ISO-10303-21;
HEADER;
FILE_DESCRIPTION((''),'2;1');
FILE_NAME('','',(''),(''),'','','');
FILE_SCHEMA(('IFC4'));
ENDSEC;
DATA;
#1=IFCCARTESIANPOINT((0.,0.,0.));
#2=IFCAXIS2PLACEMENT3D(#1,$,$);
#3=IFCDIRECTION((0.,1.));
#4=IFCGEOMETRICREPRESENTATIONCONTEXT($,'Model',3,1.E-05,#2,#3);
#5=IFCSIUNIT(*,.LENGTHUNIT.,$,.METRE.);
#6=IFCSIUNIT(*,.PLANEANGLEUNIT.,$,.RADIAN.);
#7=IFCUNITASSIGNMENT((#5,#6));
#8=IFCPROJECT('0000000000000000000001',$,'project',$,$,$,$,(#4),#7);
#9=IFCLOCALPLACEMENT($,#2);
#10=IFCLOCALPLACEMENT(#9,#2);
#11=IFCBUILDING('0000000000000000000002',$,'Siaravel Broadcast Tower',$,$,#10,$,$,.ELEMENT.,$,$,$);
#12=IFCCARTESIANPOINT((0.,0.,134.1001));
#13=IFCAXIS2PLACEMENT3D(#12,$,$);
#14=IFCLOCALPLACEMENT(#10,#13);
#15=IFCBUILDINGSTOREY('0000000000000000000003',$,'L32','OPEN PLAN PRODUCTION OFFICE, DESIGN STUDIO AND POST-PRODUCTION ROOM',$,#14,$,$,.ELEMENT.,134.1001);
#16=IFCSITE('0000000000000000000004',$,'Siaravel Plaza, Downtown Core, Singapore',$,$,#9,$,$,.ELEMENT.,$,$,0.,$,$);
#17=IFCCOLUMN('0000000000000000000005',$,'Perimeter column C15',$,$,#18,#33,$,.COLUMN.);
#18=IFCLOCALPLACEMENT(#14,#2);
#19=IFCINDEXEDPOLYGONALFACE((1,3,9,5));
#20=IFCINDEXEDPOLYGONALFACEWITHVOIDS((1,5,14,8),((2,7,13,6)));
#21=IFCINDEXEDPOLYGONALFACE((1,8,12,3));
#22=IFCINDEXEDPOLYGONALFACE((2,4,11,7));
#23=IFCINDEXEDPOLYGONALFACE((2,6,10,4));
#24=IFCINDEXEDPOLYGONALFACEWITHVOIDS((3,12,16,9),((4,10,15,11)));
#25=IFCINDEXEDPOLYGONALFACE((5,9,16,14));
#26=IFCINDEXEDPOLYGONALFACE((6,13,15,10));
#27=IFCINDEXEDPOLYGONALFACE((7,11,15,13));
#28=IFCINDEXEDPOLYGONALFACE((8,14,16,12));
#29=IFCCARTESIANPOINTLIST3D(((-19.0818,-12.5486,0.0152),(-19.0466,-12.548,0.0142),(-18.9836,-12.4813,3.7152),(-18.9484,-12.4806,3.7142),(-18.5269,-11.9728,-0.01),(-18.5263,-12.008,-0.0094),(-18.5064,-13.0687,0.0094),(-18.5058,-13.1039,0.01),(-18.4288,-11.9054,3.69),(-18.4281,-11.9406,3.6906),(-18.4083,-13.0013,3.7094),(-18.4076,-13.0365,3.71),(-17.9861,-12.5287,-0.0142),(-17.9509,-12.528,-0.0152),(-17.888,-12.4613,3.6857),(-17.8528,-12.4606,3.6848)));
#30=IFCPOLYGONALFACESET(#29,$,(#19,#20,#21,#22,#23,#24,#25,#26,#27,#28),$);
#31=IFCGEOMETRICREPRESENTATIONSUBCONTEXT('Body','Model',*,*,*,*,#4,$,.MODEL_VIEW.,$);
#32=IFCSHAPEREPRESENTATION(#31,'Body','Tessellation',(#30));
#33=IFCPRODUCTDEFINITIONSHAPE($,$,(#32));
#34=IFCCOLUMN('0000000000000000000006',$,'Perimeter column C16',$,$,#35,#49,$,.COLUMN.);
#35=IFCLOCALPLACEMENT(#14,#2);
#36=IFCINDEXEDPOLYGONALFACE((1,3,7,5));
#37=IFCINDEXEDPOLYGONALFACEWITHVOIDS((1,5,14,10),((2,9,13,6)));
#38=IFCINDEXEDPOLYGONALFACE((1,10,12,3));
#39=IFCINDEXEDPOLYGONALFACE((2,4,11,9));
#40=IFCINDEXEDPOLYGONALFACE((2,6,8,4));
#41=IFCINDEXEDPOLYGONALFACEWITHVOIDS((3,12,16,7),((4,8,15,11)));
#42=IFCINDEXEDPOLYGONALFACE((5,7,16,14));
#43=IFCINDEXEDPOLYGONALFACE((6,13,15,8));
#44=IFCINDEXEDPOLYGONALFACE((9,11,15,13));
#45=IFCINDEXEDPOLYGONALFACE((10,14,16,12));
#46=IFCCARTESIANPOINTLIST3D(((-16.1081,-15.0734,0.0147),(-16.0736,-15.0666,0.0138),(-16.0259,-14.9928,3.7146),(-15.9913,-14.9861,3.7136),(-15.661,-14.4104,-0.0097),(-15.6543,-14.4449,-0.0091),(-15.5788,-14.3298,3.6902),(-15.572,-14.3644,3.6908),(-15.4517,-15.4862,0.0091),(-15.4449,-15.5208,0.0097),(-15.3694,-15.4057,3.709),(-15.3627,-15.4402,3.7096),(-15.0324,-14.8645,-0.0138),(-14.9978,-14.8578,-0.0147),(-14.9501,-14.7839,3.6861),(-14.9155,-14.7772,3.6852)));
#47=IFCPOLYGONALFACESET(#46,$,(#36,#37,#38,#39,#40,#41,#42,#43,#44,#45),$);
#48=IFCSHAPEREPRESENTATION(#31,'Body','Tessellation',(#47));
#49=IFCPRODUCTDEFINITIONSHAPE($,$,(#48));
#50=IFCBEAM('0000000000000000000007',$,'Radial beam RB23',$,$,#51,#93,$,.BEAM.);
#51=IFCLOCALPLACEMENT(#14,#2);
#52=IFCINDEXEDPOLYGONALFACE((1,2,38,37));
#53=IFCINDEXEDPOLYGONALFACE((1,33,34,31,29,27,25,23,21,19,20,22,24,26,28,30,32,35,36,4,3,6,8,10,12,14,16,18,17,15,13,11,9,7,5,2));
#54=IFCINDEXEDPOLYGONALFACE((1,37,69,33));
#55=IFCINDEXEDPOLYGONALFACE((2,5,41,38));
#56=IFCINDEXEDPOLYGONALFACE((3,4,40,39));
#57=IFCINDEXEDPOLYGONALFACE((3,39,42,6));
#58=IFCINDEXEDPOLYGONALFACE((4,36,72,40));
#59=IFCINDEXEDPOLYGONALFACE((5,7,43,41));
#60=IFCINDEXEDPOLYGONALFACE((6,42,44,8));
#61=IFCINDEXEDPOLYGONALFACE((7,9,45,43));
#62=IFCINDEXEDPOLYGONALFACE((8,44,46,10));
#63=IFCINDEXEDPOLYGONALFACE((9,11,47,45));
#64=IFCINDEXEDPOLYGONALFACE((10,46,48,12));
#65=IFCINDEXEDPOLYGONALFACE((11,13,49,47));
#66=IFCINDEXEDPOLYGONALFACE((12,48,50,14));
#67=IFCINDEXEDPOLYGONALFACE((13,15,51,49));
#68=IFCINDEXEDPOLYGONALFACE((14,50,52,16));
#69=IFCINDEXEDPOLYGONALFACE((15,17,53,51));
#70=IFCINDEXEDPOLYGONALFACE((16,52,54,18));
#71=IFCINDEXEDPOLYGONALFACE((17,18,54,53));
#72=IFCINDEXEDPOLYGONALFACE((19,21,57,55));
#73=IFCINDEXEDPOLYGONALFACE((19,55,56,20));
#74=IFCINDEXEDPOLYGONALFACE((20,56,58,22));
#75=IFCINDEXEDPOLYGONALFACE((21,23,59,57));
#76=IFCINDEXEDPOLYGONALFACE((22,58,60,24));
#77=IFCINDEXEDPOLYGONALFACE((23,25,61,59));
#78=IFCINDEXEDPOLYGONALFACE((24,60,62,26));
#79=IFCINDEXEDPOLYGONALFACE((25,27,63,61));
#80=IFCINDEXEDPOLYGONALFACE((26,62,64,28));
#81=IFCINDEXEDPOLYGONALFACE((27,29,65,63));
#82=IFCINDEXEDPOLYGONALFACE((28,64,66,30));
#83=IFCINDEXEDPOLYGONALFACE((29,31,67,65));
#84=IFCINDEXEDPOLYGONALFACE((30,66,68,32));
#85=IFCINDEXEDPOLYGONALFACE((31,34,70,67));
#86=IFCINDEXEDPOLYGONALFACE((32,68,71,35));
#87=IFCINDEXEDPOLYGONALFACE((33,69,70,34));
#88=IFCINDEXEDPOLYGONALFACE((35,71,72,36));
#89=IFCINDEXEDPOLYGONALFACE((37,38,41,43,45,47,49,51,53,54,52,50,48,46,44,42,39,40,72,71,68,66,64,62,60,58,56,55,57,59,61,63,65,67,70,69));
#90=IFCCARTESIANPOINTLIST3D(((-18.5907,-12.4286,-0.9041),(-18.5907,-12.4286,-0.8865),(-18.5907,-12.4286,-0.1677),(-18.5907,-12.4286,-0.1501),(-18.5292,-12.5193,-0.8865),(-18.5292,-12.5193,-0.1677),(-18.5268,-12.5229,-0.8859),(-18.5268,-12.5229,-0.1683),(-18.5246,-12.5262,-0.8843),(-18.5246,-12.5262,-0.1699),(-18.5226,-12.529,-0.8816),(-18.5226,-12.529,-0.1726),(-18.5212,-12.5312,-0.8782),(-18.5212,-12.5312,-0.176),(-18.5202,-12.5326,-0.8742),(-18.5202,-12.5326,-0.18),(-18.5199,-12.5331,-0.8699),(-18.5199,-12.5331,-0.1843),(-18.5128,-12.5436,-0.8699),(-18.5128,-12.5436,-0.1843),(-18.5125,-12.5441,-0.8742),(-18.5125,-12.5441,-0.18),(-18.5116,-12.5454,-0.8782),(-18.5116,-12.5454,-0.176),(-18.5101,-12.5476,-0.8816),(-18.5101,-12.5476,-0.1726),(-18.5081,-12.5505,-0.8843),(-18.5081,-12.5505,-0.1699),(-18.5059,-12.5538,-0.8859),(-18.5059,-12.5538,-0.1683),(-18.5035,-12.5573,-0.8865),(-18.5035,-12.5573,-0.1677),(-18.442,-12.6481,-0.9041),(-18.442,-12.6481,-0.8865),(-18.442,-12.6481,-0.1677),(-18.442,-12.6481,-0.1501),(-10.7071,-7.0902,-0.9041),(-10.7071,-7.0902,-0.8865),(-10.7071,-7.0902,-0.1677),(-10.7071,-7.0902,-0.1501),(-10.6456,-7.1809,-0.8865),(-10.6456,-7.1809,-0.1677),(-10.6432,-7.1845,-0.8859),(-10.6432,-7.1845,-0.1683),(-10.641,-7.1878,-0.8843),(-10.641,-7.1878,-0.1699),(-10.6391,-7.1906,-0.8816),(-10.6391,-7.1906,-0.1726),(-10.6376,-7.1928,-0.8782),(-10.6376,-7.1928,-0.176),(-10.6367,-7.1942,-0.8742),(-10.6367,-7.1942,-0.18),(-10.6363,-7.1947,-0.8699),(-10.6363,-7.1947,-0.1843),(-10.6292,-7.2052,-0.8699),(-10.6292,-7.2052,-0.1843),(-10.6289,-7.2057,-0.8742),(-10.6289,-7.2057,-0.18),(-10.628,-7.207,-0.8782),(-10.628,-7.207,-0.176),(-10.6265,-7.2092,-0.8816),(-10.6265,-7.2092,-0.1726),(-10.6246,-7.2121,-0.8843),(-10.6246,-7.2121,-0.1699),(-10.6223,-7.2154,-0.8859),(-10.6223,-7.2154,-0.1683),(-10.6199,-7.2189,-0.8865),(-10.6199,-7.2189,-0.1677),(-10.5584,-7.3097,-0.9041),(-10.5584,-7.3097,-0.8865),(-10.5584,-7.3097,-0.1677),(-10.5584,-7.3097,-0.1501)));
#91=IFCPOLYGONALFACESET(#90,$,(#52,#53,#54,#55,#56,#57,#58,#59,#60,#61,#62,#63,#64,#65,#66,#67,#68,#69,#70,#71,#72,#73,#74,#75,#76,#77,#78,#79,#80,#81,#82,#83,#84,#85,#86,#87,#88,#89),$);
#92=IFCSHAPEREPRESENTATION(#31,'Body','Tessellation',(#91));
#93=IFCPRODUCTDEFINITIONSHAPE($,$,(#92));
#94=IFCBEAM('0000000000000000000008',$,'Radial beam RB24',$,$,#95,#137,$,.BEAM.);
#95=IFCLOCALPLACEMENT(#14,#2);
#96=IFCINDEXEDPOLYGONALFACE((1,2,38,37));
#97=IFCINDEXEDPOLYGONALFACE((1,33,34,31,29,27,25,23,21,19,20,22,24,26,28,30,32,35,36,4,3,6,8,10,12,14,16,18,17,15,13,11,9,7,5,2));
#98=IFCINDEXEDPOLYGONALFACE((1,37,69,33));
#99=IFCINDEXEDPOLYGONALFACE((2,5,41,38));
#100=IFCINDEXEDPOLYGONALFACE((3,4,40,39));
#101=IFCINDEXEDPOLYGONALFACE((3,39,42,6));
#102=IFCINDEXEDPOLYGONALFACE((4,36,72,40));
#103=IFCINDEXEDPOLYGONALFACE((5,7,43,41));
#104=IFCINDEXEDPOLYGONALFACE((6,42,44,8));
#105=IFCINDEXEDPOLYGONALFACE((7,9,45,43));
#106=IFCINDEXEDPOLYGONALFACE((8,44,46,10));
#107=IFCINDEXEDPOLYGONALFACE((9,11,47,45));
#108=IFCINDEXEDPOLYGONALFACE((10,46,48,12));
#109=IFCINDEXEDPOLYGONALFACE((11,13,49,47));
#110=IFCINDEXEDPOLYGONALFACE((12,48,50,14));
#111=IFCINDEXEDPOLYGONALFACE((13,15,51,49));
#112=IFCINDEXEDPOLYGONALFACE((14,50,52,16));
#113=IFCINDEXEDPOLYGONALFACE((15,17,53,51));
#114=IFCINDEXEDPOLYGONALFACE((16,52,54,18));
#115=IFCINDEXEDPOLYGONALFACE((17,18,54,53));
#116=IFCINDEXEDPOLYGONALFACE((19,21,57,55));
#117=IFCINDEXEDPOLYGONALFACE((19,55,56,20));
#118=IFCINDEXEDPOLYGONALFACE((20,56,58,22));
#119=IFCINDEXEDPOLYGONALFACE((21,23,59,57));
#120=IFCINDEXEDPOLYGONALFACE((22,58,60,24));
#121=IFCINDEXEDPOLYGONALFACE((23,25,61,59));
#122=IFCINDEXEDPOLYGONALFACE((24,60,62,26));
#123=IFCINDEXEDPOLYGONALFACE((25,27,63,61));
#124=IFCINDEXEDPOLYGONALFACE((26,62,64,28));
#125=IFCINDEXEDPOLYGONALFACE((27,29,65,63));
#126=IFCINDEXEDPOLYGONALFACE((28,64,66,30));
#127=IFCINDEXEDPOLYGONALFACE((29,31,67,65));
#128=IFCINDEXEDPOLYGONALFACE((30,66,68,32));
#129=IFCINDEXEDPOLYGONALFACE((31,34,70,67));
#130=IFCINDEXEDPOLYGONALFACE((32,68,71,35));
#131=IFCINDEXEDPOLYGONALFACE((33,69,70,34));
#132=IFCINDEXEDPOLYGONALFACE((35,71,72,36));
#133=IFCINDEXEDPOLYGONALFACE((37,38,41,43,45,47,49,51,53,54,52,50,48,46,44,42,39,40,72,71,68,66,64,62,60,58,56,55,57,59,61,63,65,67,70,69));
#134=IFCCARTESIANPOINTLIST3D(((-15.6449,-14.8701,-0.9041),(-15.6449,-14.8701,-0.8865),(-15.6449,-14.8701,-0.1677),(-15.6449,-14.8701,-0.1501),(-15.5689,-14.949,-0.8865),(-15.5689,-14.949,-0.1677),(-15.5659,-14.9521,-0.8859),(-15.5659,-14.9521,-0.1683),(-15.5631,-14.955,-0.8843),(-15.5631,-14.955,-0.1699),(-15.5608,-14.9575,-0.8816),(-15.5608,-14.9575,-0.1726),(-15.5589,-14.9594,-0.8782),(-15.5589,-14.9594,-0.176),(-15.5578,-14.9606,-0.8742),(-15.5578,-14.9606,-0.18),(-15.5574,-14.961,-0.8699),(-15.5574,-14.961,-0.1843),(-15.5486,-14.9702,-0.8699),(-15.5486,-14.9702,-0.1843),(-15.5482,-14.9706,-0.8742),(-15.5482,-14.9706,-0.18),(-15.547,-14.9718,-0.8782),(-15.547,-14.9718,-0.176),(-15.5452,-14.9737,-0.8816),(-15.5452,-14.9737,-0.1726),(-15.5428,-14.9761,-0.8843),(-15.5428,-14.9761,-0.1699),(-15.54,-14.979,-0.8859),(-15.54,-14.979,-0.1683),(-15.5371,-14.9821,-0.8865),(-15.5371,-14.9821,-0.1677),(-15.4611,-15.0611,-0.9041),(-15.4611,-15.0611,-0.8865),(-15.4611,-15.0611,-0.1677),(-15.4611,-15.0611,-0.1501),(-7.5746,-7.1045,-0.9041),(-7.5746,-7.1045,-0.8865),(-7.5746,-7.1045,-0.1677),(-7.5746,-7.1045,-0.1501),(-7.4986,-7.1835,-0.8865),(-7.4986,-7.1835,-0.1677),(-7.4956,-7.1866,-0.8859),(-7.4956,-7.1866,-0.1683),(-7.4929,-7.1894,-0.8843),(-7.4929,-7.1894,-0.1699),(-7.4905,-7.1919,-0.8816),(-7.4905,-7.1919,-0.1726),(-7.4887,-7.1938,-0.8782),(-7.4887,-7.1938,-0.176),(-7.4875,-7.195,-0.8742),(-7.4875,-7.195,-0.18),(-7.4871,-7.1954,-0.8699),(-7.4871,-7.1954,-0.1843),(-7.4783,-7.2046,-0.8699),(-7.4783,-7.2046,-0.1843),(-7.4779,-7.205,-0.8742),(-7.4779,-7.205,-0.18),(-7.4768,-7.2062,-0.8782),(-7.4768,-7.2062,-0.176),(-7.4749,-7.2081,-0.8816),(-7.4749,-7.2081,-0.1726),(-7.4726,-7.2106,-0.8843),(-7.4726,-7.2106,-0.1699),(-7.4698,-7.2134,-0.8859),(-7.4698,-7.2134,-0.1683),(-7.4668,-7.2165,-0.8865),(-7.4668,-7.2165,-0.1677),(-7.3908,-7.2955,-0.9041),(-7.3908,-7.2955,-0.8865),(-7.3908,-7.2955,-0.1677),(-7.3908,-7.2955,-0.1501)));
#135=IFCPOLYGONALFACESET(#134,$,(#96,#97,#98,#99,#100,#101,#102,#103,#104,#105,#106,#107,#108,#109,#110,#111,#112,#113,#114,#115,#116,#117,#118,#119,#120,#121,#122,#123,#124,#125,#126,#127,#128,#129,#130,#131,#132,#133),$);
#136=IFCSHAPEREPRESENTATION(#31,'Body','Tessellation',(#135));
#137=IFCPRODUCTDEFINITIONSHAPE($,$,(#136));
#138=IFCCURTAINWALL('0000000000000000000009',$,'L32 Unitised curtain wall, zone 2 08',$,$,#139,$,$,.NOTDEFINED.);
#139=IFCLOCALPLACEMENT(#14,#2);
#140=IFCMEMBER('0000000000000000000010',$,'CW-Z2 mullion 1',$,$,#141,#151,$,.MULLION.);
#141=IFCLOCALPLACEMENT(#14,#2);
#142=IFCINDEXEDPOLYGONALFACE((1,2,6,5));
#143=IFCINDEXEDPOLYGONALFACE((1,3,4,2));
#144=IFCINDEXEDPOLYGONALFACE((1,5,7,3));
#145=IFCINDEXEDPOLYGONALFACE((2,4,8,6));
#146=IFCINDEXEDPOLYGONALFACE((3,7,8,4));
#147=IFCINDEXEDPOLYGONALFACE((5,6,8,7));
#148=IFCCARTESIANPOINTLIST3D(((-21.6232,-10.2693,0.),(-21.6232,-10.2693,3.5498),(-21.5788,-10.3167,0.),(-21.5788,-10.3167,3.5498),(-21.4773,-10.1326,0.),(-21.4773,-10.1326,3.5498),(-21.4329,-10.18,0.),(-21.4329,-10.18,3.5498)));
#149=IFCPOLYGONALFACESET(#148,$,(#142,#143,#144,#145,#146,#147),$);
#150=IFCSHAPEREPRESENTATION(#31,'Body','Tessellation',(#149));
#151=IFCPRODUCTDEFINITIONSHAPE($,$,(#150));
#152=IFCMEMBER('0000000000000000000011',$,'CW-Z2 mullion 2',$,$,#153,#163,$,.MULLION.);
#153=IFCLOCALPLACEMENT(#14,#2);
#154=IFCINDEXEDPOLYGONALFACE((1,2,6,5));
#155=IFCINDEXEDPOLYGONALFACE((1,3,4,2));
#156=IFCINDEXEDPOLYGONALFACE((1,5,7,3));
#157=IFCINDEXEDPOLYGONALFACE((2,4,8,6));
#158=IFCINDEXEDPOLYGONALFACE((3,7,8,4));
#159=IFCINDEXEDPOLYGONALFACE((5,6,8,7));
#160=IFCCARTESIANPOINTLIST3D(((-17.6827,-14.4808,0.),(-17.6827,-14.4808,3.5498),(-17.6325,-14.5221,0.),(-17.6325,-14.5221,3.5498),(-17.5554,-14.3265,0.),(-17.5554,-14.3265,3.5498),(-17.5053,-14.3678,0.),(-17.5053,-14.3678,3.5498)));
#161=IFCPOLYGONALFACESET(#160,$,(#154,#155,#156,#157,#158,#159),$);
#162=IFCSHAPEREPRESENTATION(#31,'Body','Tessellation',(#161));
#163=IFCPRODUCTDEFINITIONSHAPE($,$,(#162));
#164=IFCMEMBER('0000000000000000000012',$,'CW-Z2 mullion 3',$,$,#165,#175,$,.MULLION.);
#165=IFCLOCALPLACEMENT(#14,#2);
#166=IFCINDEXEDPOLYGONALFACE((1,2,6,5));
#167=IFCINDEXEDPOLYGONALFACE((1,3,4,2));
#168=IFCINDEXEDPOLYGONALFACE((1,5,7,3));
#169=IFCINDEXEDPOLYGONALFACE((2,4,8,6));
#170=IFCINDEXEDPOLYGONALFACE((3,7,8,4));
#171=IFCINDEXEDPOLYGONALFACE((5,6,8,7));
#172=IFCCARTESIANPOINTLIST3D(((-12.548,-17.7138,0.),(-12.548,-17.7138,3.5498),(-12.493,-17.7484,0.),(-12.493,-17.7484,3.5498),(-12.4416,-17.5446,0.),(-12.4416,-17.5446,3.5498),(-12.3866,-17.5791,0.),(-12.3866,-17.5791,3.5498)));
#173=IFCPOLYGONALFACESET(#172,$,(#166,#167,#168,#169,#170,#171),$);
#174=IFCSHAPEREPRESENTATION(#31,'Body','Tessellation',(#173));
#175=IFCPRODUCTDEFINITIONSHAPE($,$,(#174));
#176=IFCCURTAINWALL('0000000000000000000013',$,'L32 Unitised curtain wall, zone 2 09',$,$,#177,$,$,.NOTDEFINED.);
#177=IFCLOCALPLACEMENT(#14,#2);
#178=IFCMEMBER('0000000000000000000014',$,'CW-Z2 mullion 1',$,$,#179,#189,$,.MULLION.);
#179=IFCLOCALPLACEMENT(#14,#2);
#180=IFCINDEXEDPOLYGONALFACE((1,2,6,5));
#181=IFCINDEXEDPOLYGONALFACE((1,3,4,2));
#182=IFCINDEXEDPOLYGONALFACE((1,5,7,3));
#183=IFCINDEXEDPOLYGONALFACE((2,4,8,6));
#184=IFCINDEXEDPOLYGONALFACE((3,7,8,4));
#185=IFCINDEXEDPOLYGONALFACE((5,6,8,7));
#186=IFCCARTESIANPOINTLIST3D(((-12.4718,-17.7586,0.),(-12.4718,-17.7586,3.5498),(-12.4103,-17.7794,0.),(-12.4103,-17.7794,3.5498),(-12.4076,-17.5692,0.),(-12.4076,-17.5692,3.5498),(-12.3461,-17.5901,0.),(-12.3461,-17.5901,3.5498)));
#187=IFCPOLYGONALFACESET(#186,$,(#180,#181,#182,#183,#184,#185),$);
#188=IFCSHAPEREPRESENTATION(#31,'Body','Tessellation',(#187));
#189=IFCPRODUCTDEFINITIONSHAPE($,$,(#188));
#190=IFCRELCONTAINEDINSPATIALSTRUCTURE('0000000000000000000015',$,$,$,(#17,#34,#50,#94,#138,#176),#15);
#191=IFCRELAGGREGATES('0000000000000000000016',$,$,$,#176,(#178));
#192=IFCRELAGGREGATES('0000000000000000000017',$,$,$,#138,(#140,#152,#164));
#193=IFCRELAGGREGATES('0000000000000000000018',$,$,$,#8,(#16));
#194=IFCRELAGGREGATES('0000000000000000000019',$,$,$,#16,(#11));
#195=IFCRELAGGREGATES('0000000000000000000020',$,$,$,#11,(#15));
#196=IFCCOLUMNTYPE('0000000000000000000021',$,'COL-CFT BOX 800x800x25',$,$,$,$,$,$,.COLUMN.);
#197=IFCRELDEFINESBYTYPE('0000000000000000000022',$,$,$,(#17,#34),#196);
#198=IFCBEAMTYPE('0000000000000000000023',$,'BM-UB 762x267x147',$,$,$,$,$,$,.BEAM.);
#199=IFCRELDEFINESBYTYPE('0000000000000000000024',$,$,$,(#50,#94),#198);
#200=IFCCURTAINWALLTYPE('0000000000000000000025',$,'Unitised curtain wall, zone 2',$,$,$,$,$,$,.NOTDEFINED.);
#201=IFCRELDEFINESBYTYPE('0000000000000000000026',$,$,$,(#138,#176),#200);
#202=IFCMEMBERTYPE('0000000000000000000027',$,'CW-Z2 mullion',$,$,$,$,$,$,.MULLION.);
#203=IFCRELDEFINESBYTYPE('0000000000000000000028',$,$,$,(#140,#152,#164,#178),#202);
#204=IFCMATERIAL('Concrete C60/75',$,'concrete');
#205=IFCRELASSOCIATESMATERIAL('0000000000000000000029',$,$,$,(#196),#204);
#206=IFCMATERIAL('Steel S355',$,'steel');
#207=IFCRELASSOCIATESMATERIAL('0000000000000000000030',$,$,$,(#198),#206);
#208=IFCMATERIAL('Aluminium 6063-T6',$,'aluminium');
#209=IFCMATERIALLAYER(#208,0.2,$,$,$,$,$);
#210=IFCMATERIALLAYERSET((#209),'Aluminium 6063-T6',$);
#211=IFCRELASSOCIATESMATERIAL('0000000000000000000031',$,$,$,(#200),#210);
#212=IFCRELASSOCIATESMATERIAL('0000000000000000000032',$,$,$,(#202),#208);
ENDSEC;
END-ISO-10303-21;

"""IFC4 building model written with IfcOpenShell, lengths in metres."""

from ifc_helpers import new_model, si_unit, direction, frame, origin, origin_2d, place, context, subcontext, project, spatial, rectangle, hollow_rectangle, i_section, extrude, material, layer, layer_set, material_profile, profile_set, type_object, element, aggregate, save


model = new_model("IFC4")

# Units and contexts
model_context = context("Model", 3, precision=1e-05, world=origin(), true_north=direction((0.0, 1.0)))
body_context = subcontext(model_context, "Body", "Model", "MODEL_VIEW")
ifc_project = project(units=[si_unit("LENGTHUNIT", "METRE"), si_unit("PLANEANGLEUNIT", "RADIAN")], contexts=[model_context])

# Site, building, storey
site_placement = place(None, origin())
site = spatial("IfcSite", under=ifc_project, at=site_placement, Name="Siaravel Plaza, Downtown Core, Singapore", CompositionType="ELEMENT", RefElevation=0.0)
building_placement = place(site_placement, origin())
building = spatial("IfcBuilding", under=site, at=building_placement, Name="Siaravel Broadcast Tower", CompositionType="ELEMENT")
storey_placement = place(building_placement, frame((0.0, 0.0, 134.1001)))
storey = spatial("IfcBuildingStorey", under=building, at=storey_placement, Name="L32", Description="OPEN PLAN PRODUCTION OFFICE, DESIGN STUDIO AND POST-PRODUCTION ROOM", CompositionType="ELEMENT", Elevation=134.1001)

# Columns
ifc_material_1 = material(Name="Concrete C60/75", Category="concrete")
ifc_material_profile_1 = material_profile(ifc_material_1, hollow_rectangle(XDim=0.8, YDim=0.8, WallThickness=0.0249, at=origin_2d()))
ifc_profile_set_1 = profile_set([ifc_material_profile_1], Name="Concrete C60/75")
column_type = type_object("IfcColumnType", Name="COL-CFT BOX 800x800x25", PredefinedType="COLUMN", material=ifc_profile_set_1)
column_1_placement = place(storey_placement, frame((-18.5164, -12.5383, 0.0), z_axis=(0.026512, 0.018202, 0.999483), x_axis=(-0.719972, 0.693973, 0.006459)))
element("IfcColumn", 1, at=column_1_placement, inside=storey, type_object=column_type, Name="Perimeter column C15", PredefinedType="COLUMN", context=body_context, shape_type="SweptSolid", body=[
    extrude(hollow_rectangle(XDim=0.8, YDim=0.8, WallThickness=0.0249, at=origin_2d()), origin(), (0.0, 0.0, 1.0), 3.7019),
])
column_2_placement = place(storey_placement, frame((-15.553, -14.9656, 0.0), z_axis=(0.022226, 0.021764, 0.999516), x_axis=(-0.828965, 0.559265, 0.006256)))
element("IfcColumn", 2, at=column_2_placement, inside=storey, type_object=column_type, Name="Perimeter column C16", PredefinedType="COLUMN", context=body_context, shape_type="SweptSolid", body=[
    extrude(hollow_rectangle(XDim=0.8, YDim=0.8, WallThickness=0.0249, at=origin_2d()), origin(), (0.0, 0.0, 1.0), 3.7017),
])

# Beams
ifc_material_2 = material(Name="Steel S355", Category="steel")
ifc_material_profile_2 = material_profile(ifc_material_2, i_section(OverallWidth=0.2651, OverallDepth=0.7539, WebThickness=0.0127, FlangeThickness=0.0176, FilletRadius=0.0166, at=origin_2d()))
ifc_profile_set_2 = profile_set([ifc_material_profile_2], Name="Steel S355")
beam_type = type_object("IfcBeamType", Name="BM-UB 762x267x147", PredefinedType="BEAM", material=ifc_profile_set_2)
beam_1_placement = place(storey_placement, frame((-18.5164, -12.5383, -0.5271), z_axis=(0.82802, 0.560698, 0.0), x_axis=(-0.560698, 0.82802, 0.0)))
element("IfcBeam", 3, at=beam_1_placement, inside=storey, type_object=beam_type, Name="Radial beam RB23", PredefinedType="BEAM", context=body_context, shape_type="SweptSolid", body=[
    extrude(i_section(OverallWidth=0.2651, OverallDepth=0.7539, WebThickness=0.0127, FlangeThickness=0.0176, FilletRadius=0.0166, at=origin_2d()), origin(), (0.0, 0.0, 1.0), 9.521),
])
beam_2_placement = place(storey_placement, frame((-15.553, -14.9656, -0.5271), z_axis=(0.720578, 0.693374, 0.0), x_axis=(-0.693374, 0.720578, 0.0)))
element("IfcBeam", 4, at=beam_2_placement, inside=storey, type_object=beam_type, Name="Radial beam RB24", PredefinedType="BEAM", context=body_context, shape_type="SweptSolid", body=[
    extrude(i_section(OverallWidth=0.2651, OverallDepth=0.7539, WebThickness=0.0127, FlangeThickness=0.0176, FilletRadius=0.0166, at=origin_2d()), origin(), (0.0, 0.0, 1.0), 11.1997),
])

# Curtain wall, members
ifc_material_3 = material(Name="Aluminium 6063-T6", Category="aluminium")
ifc_layer_1 = layer(ifc_material_3, 0.2)
ifc_layer_set_1 = layer_set([ifc_layer_1], Name="Aluminium 6063-T6")
curtain_wall_type = type_object("IfcCurtainWallType", Name="Unitised curtain wall, zone 2", PredefinedType="NOTDEFINED", material=ifc_layer_set_1)
curtain_wall_1_placement = place(storey_placement, origin())
curtain_wall_1 = element("IfcCurtainWall", 5, at=curtain_wall_1_placement, inside=storey, type_object=curtain_wall_type, Name="L32 Unitised curtain wall, zone 2 08", PredefinedType="NOTDEFINED")
ifc_material_profile_3 = material_profile(ifc_material_3, rectangle(XDim=0.2, YDim=0.0649, at=origin_2d()))
ifc_profile_set_3 = profile_set([ifc_material_profile_3], Name="Aluminium 6063-T6")
member_type_1 = type_object("IfcMemberType", Name="CW-Z2 mullion", PredefinedType="MULLION", material=ifc_profile_set_3)
member_1_placement = place(storey_placement, frame((-21.5281, -10.2246, 0.0), z_axis=(0.0, 0.0, 1.0), x_axis=(0.729807, 0.683653, 0.0)))
member_1 = element("IfcMember", 6, at=member_1_placement, type_object=member_type_1, Name="CW-Z2 mullion 1", PredefinedType="MULLION", context=body_context, shape_type="SweptSolid", body=[
    extrude(rectangle(XDim=0.2, YDim=0.0649, at=origin_2d()), origin(), (0.0, 0.0, 1.0), 3.5498),
])
member_2_placement = place(storey_placement, frame((-17.594, -14.4243, 0.0), z_axis=(0.0, 0.0, 1.0), x_axis=(0.63622, 0.771507, 0.0)))
member_2 = element("IfcMember", 7, at=member_2_placement, type_object=member_type_1, Name="CW-Z2 mullion 2", PredefinedType="MULLION", context=body_context, shape_type="SweptSolid", body=[
    extrude(rectangle(XDim=0.2, YDim=0.0649, at=origin_2d()), origin(), (0.0, 0.0, 1.0), 3.5498),
])
member_3_placement = place(storey_placement, frame((-12.4673, -17.6465, 0.0), z_axis=(0.0, 0.0, 1.0), x_axis=(0.532151, 0.846649, 0.0)))
member_3 = element("IfcMember", 8, at=member_3_placement, type_object=member_type_1, Name="CW-Z2 mullion 3", PredefinedType="MULLION", context=body_context, shape_type="SweptSolid", body=[
    extrude(rectangle(XDim=0.2, YDim=0.0649, at=origin_2d()), origin(), (0.0, 0.0, 1.0), 3.5498),
])

# Curtain wall, member
curtain_wall_2_placement = place(storey_placement, origin())
curtain_wall_2 = element("IfcCurtainWall", 9, at=curtain_wall_2_placement, inside=storey, type_object=curtain_wall_type, Name="L32 Unitised curtain wall, zone 2 09", PredefinedType="NOTDEFINED")
member_4_placement = place(storey_placement, frame((-12.4089, -17.6743, 0.0), z_axis=(0.0, 0.0, 1.0), x_axis=(0.321302, 0.946977, 0.0)))
member_4 = element("IfcMember", 10, at=member_4_placement, type_object=member_type_1, Name="CW-Z2 mullion 1", PredefinedType="MULLION", context=body_context, shape_type="SweptSolid", body=[
    extrude(rectangle(XDim=0.2, YDim=0.0649, at=origin_2d()), origin(), (0.0, 0.0, 1.0), 3.5498),
])

aggregate(curtain_wall_2, [member_4])

aggregate(curtain_wall_1, [member_1, member_2, member_3])

save(model, "model.ifc")
